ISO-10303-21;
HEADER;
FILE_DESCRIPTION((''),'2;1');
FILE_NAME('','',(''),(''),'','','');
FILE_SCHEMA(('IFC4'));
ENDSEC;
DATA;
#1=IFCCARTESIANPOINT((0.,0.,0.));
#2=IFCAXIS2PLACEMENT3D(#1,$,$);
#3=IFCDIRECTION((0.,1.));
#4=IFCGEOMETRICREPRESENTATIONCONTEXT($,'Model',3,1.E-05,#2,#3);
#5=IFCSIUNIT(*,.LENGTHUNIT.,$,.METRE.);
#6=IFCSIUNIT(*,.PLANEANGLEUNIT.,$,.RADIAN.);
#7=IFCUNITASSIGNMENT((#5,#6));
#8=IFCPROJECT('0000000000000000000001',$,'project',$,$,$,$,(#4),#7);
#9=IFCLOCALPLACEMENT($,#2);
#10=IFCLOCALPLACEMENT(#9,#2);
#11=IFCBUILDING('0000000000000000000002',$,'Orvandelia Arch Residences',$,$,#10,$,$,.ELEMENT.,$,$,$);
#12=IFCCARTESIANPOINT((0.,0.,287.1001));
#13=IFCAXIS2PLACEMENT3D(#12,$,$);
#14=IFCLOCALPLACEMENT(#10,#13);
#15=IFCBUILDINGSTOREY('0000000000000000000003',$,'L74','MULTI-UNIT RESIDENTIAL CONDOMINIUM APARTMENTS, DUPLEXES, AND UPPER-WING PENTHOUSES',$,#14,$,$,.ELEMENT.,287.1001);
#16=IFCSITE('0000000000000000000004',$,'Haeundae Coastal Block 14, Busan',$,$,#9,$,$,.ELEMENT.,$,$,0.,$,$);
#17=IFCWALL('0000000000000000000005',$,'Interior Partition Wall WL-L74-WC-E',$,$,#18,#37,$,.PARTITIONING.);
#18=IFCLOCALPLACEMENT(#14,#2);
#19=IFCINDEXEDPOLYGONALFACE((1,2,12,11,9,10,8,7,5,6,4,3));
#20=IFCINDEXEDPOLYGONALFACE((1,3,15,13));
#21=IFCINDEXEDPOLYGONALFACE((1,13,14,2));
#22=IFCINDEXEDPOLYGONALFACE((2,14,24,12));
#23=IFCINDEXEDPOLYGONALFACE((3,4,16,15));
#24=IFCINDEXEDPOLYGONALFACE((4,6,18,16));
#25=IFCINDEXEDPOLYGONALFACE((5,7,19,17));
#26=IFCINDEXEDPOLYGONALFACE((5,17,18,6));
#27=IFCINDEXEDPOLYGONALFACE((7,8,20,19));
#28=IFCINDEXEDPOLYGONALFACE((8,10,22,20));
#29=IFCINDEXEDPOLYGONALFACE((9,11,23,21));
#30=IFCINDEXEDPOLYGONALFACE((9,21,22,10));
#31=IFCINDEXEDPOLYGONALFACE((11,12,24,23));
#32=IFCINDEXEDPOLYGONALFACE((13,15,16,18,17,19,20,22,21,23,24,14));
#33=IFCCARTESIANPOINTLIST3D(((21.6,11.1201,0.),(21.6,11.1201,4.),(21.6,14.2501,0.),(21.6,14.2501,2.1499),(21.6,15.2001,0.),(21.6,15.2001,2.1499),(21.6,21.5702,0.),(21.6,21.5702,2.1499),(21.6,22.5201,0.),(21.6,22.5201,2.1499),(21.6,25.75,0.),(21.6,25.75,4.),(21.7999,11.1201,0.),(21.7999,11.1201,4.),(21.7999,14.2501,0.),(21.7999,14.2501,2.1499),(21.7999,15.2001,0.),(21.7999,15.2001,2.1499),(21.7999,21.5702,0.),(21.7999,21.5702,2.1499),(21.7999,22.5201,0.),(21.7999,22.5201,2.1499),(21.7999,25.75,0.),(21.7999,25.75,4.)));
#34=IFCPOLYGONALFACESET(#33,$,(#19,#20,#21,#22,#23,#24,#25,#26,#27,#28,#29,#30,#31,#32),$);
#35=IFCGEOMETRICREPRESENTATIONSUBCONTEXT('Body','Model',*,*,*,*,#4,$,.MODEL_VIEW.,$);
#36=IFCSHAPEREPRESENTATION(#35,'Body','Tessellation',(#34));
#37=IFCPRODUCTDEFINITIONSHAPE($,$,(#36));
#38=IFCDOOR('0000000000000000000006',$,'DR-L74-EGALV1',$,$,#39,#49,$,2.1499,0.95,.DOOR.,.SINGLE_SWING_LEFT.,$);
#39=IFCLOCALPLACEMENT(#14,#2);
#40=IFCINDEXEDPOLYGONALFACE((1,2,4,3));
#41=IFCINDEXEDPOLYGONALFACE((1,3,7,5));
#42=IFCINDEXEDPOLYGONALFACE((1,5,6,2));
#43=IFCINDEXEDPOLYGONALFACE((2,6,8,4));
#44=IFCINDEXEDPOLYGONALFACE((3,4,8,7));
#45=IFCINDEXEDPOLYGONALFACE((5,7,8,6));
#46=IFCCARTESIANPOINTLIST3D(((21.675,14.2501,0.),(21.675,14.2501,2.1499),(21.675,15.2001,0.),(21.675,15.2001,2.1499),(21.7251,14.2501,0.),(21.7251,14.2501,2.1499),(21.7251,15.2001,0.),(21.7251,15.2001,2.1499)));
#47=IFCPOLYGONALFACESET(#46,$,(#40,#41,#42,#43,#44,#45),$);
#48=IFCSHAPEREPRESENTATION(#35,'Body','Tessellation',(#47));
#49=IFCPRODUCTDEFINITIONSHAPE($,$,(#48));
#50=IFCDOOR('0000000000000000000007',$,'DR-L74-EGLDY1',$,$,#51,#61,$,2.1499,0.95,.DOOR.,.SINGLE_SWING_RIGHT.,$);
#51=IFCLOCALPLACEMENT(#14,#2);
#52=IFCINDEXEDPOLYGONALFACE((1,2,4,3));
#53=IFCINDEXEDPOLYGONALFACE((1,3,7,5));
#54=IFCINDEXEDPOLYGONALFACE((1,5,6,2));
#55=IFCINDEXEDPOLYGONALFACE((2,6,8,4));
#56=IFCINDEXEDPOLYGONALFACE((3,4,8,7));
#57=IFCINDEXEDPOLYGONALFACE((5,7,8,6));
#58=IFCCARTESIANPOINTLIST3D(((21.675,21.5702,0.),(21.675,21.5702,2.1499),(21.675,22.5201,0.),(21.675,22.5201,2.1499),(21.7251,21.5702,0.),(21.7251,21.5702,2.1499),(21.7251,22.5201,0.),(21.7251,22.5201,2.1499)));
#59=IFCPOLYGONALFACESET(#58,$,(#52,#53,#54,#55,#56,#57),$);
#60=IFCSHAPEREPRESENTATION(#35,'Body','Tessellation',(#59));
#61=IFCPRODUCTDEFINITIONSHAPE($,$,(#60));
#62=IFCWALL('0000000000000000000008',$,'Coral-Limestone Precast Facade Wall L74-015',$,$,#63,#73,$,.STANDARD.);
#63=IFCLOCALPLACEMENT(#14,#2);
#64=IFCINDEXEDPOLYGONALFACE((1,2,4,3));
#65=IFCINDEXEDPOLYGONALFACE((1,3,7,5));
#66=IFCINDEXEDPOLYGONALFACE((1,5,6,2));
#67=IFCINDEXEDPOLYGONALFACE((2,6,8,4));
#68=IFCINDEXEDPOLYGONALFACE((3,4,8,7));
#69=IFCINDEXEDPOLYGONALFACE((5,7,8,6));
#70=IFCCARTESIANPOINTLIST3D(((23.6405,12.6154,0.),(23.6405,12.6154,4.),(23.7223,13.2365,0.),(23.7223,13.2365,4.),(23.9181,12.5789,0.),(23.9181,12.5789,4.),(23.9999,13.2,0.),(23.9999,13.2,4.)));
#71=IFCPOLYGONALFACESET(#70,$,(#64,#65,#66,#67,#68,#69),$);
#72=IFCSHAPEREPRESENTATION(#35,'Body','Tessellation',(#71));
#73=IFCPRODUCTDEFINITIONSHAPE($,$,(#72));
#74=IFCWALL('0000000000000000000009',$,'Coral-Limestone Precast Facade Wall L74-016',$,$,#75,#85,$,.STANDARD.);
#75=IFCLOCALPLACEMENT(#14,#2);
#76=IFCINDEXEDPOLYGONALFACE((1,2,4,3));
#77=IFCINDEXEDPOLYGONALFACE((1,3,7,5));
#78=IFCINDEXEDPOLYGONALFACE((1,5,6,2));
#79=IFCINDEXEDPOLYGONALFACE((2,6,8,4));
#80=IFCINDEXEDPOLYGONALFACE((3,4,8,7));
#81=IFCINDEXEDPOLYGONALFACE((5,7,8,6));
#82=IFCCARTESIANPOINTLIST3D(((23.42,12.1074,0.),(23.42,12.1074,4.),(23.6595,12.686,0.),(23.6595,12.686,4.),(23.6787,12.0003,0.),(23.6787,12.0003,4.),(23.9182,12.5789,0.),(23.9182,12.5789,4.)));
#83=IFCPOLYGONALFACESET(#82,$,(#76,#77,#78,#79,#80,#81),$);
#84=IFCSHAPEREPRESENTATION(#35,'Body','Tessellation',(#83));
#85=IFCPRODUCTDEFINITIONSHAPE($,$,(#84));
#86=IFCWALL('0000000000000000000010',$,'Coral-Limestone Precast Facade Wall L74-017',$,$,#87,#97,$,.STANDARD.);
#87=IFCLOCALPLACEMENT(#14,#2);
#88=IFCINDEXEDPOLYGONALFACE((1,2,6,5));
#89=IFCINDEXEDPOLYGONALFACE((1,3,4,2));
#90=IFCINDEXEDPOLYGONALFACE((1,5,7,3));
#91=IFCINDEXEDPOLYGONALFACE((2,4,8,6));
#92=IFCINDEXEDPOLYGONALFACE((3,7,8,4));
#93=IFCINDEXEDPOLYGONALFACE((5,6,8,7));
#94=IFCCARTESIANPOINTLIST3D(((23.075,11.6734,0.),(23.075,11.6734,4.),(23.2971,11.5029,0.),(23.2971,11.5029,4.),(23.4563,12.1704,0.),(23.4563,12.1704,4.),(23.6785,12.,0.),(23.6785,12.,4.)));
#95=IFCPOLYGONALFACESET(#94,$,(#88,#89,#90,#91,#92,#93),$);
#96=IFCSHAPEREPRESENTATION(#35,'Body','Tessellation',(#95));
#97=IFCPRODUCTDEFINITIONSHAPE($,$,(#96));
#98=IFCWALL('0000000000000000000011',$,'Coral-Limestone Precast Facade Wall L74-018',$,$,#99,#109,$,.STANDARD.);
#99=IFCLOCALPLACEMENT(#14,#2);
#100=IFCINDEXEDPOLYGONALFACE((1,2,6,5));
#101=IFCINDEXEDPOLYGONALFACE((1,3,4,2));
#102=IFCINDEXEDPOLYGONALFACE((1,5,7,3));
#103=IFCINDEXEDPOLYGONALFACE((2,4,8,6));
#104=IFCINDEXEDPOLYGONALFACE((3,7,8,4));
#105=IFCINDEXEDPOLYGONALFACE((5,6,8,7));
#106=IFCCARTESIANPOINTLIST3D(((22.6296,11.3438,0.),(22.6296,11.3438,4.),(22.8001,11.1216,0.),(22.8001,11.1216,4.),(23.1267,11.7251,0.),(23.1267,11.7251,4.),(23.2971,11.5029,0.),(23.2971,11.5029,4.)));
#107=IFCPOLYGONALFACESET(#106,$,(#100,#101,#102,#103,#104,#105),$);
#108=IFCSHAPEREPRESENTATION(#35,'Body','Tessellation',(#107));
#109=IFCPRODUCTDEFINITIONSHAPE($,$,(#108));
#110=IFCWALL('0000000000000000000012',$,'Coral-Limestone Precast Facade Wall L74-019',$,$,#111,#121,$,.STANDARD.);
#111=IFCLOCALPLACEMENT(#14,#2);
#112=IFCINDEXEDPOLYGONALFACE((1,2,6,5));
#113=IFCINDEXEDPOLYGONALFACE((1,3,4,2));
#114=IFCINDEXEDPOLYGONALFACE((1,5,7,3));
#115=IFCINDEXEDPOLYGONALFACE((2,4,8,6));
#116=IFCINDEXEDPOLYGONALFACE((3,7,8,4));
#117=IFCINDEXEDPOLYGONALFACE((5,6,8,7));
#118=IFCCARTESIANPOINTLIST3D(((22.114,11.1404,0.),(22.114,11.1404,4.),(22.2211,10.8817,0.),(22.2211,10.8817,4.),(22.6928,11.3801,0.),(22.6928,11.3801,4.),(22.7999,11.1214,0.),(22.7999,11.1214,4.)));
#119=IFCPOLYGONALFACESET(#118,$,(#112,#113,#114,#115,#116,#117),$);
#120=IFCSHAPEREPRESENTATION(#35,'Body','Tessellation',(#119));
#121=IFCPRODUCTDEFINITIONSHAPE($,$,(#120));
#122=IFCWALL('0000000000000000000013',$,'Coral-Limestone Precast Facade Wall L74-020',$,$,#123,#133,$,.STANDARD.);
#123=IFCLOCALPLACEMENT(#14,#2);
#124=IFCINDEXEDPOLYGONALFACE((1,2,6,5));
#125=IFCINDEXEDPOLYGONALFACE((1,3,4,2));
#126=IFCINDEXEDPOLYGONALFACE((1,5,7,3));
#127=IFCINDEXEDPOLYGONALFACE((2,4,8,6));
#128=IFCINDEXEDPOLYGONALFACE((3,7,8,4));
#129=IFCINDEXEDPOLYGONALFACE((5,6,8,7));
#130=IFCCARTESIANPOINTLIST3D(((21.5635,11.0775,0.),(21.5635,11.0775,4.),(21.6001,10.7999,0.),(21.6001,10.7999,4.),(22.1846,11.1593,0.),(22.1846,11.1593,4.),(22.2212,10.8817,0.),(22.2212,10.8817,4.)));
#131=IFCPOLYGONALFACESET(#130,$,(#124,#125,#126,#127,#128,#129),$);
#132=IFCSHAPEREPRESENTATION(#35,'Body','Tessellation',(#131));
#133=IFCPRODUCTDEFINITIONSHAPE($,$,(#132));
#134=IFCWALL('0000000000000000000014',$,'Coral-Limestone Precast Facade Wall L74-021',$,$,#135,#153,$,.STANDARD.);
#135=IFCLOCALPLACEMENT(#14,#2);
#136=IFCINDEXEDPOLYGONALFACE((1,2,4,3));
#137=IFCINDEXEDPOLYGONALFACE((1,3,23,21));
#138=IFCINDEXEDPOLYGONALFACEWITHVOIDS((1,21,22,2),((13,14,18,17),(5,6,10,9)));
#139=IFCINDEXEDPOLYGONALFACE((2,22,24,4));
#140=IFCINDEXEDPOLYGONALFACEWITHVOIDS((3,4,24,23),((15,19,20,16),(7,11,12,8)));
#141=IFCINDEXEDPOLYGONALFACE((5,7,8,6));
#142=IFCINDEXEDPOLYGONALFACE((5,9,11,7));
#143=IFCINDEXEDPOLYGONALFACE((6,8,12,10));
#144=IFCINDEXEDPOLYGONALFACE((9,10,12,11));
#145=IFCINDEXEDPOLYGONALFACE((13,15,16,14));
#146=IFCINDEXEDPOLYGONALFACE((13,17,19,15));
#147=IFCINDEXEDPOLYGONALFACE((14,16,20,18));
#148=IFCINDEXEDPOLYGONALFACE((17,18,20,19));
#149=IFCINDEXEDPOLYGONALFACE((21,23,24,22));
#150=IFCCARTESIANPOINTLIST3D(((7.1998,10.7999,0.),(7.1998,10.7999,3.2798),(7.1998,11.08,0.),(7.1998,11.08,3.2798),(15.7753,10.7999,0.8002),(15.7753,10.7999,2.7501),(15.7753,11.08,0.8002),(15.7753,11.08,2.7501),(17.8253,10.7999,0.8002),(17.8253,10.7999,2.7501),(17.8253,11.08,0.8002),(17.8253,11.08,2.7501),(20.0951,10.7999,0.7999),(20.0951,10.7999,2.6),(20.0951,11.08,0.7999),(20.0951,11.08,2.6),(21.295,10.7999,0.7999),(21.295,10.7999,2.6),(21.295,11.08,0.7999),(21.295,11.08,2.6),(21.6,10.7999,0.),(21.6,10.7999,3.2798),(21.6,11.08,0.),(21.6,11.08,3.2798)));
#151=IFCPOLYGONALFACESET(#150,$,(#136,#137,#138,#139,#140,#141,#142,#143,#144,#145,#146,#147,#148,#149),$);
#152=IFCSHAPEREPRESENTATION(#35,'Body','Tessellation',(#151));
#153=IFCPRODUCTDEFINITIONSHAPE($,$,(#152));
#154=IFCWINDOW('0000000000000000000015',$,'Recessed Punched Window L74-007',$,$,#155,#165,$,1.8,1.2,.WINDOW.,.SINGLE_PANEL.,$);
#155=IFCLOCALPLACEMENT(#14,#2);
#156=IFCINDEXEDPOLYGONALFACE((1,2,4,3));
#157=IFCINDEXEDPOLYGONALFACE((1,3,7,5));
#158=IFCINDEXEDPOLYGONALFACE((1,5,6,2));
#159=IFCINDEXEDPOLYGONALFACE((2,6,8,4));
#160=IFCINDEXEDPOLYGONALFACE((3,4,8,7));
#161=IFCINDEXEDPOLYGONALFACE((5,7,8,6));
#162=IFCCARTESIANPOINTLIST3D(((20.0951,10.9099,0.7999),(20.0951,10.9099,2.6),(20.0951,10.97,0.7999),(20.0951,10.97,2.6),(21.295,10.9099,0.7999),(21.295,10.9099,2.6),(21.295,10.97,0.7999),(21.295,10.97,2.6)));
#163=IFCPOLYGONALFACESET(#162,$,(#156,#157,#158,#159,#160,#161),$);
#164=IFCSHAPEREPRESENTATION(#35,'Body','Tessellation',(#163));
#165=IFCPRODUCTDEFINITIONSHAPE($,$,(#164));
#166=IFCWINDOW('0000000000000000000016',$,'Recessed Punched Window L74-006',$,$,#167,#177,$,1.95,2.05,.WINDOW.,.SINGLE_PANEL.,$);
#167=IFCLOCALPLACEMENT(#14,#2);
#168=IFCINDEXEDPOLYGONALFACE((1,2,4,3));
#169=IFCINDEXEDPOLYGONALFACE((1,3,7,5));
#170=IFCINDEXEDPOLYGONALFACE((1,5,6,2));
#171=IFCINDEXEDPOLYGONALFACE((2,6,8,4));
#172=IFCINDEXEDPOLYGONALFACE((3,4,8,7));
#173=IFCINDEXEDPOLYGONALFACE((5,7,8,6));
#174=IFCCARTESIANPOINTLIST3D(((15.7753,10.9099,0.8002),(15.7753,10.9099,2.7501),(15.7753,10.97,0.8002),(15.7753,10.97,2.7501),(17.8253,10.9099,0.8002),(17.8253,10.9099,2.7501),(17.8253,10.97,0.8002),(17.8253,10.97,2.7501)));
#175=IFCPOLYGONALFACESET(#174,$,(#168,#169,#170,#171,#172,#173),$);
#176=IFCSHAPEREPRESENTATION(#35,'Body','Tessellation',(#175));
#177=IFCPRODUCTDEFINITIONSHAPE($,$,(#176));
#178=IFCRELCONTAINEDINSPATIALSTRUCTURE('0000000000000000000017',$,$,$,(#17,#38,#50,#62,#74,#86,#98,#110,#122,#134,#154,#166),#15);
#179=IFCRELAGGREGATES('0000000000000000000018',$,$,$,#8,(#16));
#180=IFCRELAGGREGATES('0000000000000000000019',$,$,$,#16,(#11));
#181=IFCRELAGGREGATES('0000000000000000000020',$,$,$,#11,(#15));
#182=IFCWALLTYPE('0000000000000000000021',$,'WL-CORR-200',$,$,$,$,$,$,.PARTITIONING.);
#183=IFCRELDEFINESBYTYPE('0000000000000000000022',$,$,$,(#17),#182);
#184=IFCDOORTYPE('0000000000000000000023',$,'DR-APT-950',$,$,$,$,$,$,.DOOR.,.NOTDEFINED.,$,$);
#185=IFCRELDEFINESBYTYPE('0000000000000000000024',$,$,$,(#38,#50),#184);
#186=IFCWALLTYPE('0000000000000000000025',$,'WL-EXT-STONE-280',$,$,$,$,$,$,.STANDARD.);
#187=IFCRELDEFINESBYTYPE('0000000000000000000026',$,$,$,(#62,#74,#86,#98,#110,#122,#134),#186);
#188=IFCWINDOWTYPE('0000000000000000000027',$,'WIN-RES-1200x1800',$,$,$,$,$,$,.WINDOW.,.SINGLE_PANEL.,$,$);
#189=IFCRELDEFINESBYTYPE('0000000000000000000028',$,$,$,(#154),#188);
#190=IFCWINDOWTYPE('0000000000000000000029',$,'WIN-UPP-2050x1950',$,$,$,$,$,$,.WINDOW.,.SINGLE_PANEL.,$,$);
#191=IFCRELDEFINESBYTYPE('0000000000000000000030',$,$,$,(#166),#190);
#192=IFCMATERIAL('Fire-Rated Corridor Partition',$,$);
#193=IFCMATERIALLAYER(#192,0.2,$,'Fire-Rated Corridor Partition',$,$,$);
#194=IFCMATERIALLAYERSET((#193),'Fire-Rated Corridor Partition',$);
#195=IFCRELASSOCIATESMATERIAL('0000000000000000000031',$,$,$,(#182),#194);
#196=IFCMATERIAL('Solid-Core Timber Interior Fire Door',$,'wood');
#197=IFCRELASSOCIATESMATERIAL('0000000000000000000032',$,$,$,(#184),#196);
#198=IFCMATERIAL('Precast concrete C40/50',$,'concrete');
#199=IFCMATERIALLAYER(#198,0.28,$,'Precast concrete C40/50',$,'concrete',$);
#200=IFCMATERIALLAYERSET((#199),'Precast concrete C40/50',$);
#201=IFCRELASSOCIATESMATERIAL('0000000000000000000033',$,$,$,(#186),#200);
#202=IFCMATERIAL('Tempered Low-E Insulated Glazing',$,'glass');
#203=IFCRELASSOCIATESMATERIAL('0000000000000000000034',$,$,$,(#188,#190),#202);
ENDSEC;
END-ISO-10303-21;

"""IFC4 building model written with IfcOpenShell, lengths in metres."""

from ifc_helpers import new_model, si_unit, direction, frame, frame_2d, origin, place, context, subcontext, project, spatial, rectangle, extrude, material, layer, layer_set, type_object, element, fill, save


model = new_model("IFC4")

# Units and contexts
model_context = context("Model", 3, precision=1e-05, world=origin(), true_north=direction((0.0, 1.0)))
body_context = subcontext(model_context, "Body", "Model", "MODEL_VIEW")
ifc_project = project(units=[si_unit("LENGTHUNIT", "METRE"), si_unit("PLANEANGLEUNIT", "RADIAN")], contexts=[model_context])

# Site, building, storey
site_placement = place(None, origin())
site = spatial("IfcSite", under=ifc_project, at=site_placement, Name="Haeundae Coastal Block 14, Busan", CompositionType="ELEMENT", RefElevation=0.0)
building_placement = place(site_placement, origin())
building = spatial("IfcBuilding", under=site, at=building_placement, Name="Orvandelia Arch Residences", CompositionType="ELEMENT")
storey_placement = place(building_placement, frame((0.0, 0.0, 287.1001)))
storey = spatial("IfcBuildingStorey", under=building, at=storey_placement, Name="L74", Description="MULTI-UNIT RESIDENTIAL CONDOMINIUM APARTMENTS, DUPLEXES, AND UPPER-WING PENTHOUSES", CompositionType="ELEMENT", Elevation=287.1001)

# Wall, openings, doors
ifc_material_1 = material(Name="Fire-Rated Corridor Partition")
ifc_layer_1 = layer(ifc_material_1, 0.2, Name="Fire-Rated Corridor Partition")
ifc_layer_set_1 = layer_set([ifc_layer_1], Name="Fire-Rated Corridor Partition")
wall_type_1 = type_object("IfcWallType", Name="WL-CORR-200", PredefinedType="PARTITIONING", material=ifc_layer_set_1)
wall_1_placement = place(storey_placement, frame((21.7, 11.1201, 0.0), z_axis=(0.0, 0.0, 1.0), x_axis=(0.0, 1.0, 0.0)))
wall_1 = element("IfcWall", 1, at=wall_1_placement, inside=storey, type_object=wall_type_1, Name="Interior Partition Wall WL-L74-WC-E", PredefinedType="PARTITIONING", context=body_context, shape_type="SweptSolid", body=[
    extrude(rectangle(XDim=14.6299, YDim=0.2, at=frame_2d((7.3149, 0.0))), origin(), (0.0, 0.0, 1.0), 4.0),
])
opening_1_placement = place(wall_1_placement, frame((3.1299, 0.0, 0.0)))
opening_1 = element("IfcOpeningElement", 2, at=opening_1_placement, cuts=wall_1, PredefinedType="OPENING", context=body_context, shape_type="SweptSolid", body=[
    extrude(rectangle(XDim=0.95, YDim=2.1499, at=frame_2d((0.4751, 1.075))), frame((0.0, 0.1099, 0.0), z_axis=(0.0, -1.0, 0.0), x_axis=(1.0, 0.0, 0.0)), (0.0, 0.0, 1.0), 0.22),
])
opening_2_placement = place(wall_1_placement, frame((10.45, 0.0, 0.0)))
opening_2 = element("IfcOpeningElement", 3, at=opening_2_placement, cuts=wall_1, PredefinedType="OPENING", context=body_context, shape_type="SweptSolid", body=[
    extrude(rectangle(XDim=0.95, YDim=2.1499, at=frame_2d((0.4751, 1.075))), frame((0.0, 0.1099, 0.0), z_axis=(0.0, -1.0, 0.0), x_axis=(1.0, 0.0, 0.0)), (0.0, 0.0, 1.0), 0.22),
])
ifc_material_2 = material(Name="Solid-Core Timber Interior Fire Door", Category="wood")
door_type_1 = type_object("IfcDoorType", Name="DR-APT-950", OperationType="NOTDEFINED", PredefinedType="DOOR", material=ifc_material_2)
door_1_placement = place(opening_1_placement, origin())
door_1 = element("IfcDoor", 4, at=door_1_placement, inside=storey, type_object=door_type_1, Name="DR-L74-EGALV1", OperationType="SINGLE_SWING_LEFT", OverallHeight=2.1499, OverallWidth=0.95, PredefinedType="DOOR", context=body_context, shape_type="SweptSolid", body=[
    extrude(rectangle(XDim=0.95, YDim=2.1499, at=frame_2d((0.4751, 1.075))), frame((0.0, 0.0249, 0.0), z_axis=(0.0, -1.0, 0.0), x_axis=(1.0, 0.0, 0.0)), (0.0, 0.0, 1.0), 0.05),
])
fill(opening_1, door_1)
door_2_placement = place(opening_2_placement, origin())
door_2 = element("IfcDoor", 5, at=door_2_placement, inside=storey, type_object=door_type_1, Name="DR-L74-EGLDY1", OperationType="SINGLE_SWING_RIGHT", OverallHeight=2.1499, OverallWidth=0.95, PredefinedType="DOOR", context=body_context, shape_type="SweptSolid", body=[
    extrude(rectangle(XDim=0.95, YDim=2.1499, at=frame_2d((0.4751, 1.075))), frame((0.0, 0.0249, 0.0), z_axis=(0.0, -1.0, 0.0), x_axis=(1.0, 0.0, 0.0)), (0.0, 0.0, 1.0), 0.05),
])
fill(opening_2, door_2)

# Walls
ifc_material_3 = material(Name="Precast concrete C40/50", Category="concrete")
ifc_layer_2 = layer(ifc_material_3, 0.28, Name="Precast concrete C40/50", Category="concrete")
ifc_layer_set_2 = layer_set([ifc_layer_2], Name="Precast concrete C40/50")
wall_type_2 = type_object("IfcWallType", Name="WL-EXT-STONE-280", PredefinedType="STANDARD", material=ifc_layer_set_2)
wall_2_placement = place(storey_placement, frame((23.8611, 13.2183, 0.0), z_axis=(0.0, 0.0, 1.0), x_axis=(-0.130555, -0.991441, 0.0)))
element("IfcWall", 6, at=wall_2_placement, inside=storey, type_object=wall_type_2, Name="Coral-Limestone Precast Facade Wall L74-015", PredefinedType="STANDARD", context=body_context, shape_type="SweptSolid", body=[
    extrude(rectangle(XDim=0.6265, YDim=0.28, at=frame_2d((0.3132, 0.0))), origin(), (0.0, 0.0, 1.0), 4.0),
])
wall_3_placement = place(storey_placement, frame((23.7888, 12.6323, 0.0), z_axis=(0.0, 0.0, 1.0), x_axis=(-0.382455, -0.923974, 0.0)))
element("IfcWall", 7, at=wall_3_placement, inside=storey, type_object=wall_type_2, Name="Coral-Limestone Precast Facade Wall L74-016", PredefinedType="STANDARD", context=body_context, shape_type="SweptSolid", body=[
    extrude(rectangle(XDim=0.6262, YDim=0.28, at=frame_2d((0.313, 0.0))), origin(), (0.0, 0.0, 1.0), 4.0),
])
for number, where, z_axis, x_axis, name in (
    (8, (23.5674, 12.0852, 0.0), (0.0, 0.0, 1.0), (-0.608693, -0.793406, 0.0), "Coral-Limestone Precast Facade Wall L74-017"),
    (9, (23.2119, 11.614, 0.0), (0.0, 0.0, 1.0), (-0.793406, -0.608693, 0.0), "Coral-Limestone Precast Facade Wall L74-018"),
    (10, (22.7463, 11.2507, 0.0), (0.0, 0.0, 1.0), (-0.923893, -0.38265, 0.0), "Coral-Limestone Precast Facade Wall L74-019"),
    (11, (22.2029, 11.0205, 0.0), (0.0, 0.0, 1.0), (-0.991441, -0.130555, 0.0), "Coral-Limestone Precast Facade Wall L74-020"),
):
    element("IfcWall", number, at=place(storey_placement, frame(where, z_axis=z_axis, x_axis=x_axis)), inside=storey, type_object=wall_type_2, Name=name, PredefinedType="STANDARD", context=body_context, shape_type="SweptSolid", body=[
        extrude(rectangle(XDim=0.6265, YDim=0.28, at=frame_2d((0.3132, 0.0))), origin(), (0.0, 0.0, 1.0), 4.0),
    ])

# Wall, openings, windows
wall_4_placement = place(storey_placement, frame((21.6001, 10.9399, 0.0), z_axis=(0.0, 0.0, 1.0), x_axis=(-1.0, 0.0, 0.0)))
wall_4 = element("IfcWall", 12, at=wall_4_placement, inside=storey, type_object=wall_type_2, Name="Coral-Limestone Precast Facade Wall L74-021", PredefinedType="STANDARD", context=body_context, shape_type="SweptSolid", body=[
    extrude(rectangle(XDim=14.4001, YDim=0.28, at=frame_2d((7.2002, 0.0))), origin(), (0.0, 0.0, 1.0), 3.2798),
])
opening_3_placement = place(wall_4_placement, frame((3.7749, 0.0, 0.8)))
opening_3 = element("IfcOpeningElement", 13, at=opening_3_placement, cuts=wall_4, PredefinedType="OPENING", context=body_context, shape_type="SweptSolid", body=[
    extrude(rectangle(XDim=2.05, YDim=1.95, at=frame_2d((1.0249, 0.9751))), frame((0.0, 0.1499, 0.0), z_axis=(0.0, -1.0, 0.0), x_axis=(1.0, 0.0, 0.0)), (0.0, 0.0, 1.0), 0.3),
])
opening_4_placement = place(wall_4_placement, frame((0.3049, 0.0, 0.8)))
opening_4 = element("IfcOpeningElement", 14, at=opening_4_placement, cuts=wall_4, PredefinedType="OPENING", context=body_context, shape_type="SweptSolid", body=[
    extrude(rectangle(XDim=1.2, YDim=1.8, at=frame_2d((0.6001, 0.8999))), frame((0.0, 0.1499, 0.0), z_axis=(0.0, -1.0, 0.0), x_axis=(1.0, 0.0, 0.0)), (0.0, 0.0, 1.0), 0.3),
])
ifc_material_4 = material(Name="Tempered Low-E Insulated Glazing", Category="glass")
window_type_1 = type_object("IfcWindowType", Name="WIN-RES-1200x1800", PartitioningType="SINGLE_PANEL", PredefinedType="WINDOW", material=ifc_material_4)
window_1_placement = place(opening_4_placement, origin())
window_1 = element("IfcWindow", 15, at=window_1_placement, inside=storey, type_object=window_type_1, Name="Recessed Punched Window L74-007", OverallHeight=1.8, OverallWidth=1.2, PartitioningType="SINGLE_PANEL", PredefinedType="WINDOW", context=body_context, shape_type="SweptSolid", body=[
    extrude(rectangle(XDim=1.2, YDim=1.8, at=frame_2d((0.6001, 0.8999))), frame((0.0, 0.03, 0.0), z_axis=(0.0, -1.0, 0.0), x_axis=(1.0, 0.0, 0.0)), (0.0, 0.0, 1.0), 0.0601),
])
fill(opening_4, window_1)
window_type_2 = type_object("IfcWindowType", Name="WIN-UPP-2050x1950", PartitioningType="SINGLE_PANEL", PredefinedType="WINDOW", material=ifc_material_4)
window_2_placement = place(opening_3_placement, origin())
window_2 = element("IfcWindow", 16, at=window_2_placement, inside=storey, type_object=window_type_2, Name="Recessed Punched Window L74-006", OverallHeight=1.95, OverallWidth=2.05, PartitioningType="SINGLE_PANEL", PredefinedType="WINDOW", context=body_context, shape_type="SweptSolid", body=[
    extrude(rectangle(XDim=2.05, YDim=1.95, at=frame_2d((1.0249, 0.9751))), frame((0.0, 0.03, 0.0), z_axis=(0.0, -1.0, 0.0), x_axis=(1.0, 0.0, 0.0)), (0.0, 0.0, 1.0), 0.0601),
])
fill(opening_3, window_2)

save(model, "model.ifc")
